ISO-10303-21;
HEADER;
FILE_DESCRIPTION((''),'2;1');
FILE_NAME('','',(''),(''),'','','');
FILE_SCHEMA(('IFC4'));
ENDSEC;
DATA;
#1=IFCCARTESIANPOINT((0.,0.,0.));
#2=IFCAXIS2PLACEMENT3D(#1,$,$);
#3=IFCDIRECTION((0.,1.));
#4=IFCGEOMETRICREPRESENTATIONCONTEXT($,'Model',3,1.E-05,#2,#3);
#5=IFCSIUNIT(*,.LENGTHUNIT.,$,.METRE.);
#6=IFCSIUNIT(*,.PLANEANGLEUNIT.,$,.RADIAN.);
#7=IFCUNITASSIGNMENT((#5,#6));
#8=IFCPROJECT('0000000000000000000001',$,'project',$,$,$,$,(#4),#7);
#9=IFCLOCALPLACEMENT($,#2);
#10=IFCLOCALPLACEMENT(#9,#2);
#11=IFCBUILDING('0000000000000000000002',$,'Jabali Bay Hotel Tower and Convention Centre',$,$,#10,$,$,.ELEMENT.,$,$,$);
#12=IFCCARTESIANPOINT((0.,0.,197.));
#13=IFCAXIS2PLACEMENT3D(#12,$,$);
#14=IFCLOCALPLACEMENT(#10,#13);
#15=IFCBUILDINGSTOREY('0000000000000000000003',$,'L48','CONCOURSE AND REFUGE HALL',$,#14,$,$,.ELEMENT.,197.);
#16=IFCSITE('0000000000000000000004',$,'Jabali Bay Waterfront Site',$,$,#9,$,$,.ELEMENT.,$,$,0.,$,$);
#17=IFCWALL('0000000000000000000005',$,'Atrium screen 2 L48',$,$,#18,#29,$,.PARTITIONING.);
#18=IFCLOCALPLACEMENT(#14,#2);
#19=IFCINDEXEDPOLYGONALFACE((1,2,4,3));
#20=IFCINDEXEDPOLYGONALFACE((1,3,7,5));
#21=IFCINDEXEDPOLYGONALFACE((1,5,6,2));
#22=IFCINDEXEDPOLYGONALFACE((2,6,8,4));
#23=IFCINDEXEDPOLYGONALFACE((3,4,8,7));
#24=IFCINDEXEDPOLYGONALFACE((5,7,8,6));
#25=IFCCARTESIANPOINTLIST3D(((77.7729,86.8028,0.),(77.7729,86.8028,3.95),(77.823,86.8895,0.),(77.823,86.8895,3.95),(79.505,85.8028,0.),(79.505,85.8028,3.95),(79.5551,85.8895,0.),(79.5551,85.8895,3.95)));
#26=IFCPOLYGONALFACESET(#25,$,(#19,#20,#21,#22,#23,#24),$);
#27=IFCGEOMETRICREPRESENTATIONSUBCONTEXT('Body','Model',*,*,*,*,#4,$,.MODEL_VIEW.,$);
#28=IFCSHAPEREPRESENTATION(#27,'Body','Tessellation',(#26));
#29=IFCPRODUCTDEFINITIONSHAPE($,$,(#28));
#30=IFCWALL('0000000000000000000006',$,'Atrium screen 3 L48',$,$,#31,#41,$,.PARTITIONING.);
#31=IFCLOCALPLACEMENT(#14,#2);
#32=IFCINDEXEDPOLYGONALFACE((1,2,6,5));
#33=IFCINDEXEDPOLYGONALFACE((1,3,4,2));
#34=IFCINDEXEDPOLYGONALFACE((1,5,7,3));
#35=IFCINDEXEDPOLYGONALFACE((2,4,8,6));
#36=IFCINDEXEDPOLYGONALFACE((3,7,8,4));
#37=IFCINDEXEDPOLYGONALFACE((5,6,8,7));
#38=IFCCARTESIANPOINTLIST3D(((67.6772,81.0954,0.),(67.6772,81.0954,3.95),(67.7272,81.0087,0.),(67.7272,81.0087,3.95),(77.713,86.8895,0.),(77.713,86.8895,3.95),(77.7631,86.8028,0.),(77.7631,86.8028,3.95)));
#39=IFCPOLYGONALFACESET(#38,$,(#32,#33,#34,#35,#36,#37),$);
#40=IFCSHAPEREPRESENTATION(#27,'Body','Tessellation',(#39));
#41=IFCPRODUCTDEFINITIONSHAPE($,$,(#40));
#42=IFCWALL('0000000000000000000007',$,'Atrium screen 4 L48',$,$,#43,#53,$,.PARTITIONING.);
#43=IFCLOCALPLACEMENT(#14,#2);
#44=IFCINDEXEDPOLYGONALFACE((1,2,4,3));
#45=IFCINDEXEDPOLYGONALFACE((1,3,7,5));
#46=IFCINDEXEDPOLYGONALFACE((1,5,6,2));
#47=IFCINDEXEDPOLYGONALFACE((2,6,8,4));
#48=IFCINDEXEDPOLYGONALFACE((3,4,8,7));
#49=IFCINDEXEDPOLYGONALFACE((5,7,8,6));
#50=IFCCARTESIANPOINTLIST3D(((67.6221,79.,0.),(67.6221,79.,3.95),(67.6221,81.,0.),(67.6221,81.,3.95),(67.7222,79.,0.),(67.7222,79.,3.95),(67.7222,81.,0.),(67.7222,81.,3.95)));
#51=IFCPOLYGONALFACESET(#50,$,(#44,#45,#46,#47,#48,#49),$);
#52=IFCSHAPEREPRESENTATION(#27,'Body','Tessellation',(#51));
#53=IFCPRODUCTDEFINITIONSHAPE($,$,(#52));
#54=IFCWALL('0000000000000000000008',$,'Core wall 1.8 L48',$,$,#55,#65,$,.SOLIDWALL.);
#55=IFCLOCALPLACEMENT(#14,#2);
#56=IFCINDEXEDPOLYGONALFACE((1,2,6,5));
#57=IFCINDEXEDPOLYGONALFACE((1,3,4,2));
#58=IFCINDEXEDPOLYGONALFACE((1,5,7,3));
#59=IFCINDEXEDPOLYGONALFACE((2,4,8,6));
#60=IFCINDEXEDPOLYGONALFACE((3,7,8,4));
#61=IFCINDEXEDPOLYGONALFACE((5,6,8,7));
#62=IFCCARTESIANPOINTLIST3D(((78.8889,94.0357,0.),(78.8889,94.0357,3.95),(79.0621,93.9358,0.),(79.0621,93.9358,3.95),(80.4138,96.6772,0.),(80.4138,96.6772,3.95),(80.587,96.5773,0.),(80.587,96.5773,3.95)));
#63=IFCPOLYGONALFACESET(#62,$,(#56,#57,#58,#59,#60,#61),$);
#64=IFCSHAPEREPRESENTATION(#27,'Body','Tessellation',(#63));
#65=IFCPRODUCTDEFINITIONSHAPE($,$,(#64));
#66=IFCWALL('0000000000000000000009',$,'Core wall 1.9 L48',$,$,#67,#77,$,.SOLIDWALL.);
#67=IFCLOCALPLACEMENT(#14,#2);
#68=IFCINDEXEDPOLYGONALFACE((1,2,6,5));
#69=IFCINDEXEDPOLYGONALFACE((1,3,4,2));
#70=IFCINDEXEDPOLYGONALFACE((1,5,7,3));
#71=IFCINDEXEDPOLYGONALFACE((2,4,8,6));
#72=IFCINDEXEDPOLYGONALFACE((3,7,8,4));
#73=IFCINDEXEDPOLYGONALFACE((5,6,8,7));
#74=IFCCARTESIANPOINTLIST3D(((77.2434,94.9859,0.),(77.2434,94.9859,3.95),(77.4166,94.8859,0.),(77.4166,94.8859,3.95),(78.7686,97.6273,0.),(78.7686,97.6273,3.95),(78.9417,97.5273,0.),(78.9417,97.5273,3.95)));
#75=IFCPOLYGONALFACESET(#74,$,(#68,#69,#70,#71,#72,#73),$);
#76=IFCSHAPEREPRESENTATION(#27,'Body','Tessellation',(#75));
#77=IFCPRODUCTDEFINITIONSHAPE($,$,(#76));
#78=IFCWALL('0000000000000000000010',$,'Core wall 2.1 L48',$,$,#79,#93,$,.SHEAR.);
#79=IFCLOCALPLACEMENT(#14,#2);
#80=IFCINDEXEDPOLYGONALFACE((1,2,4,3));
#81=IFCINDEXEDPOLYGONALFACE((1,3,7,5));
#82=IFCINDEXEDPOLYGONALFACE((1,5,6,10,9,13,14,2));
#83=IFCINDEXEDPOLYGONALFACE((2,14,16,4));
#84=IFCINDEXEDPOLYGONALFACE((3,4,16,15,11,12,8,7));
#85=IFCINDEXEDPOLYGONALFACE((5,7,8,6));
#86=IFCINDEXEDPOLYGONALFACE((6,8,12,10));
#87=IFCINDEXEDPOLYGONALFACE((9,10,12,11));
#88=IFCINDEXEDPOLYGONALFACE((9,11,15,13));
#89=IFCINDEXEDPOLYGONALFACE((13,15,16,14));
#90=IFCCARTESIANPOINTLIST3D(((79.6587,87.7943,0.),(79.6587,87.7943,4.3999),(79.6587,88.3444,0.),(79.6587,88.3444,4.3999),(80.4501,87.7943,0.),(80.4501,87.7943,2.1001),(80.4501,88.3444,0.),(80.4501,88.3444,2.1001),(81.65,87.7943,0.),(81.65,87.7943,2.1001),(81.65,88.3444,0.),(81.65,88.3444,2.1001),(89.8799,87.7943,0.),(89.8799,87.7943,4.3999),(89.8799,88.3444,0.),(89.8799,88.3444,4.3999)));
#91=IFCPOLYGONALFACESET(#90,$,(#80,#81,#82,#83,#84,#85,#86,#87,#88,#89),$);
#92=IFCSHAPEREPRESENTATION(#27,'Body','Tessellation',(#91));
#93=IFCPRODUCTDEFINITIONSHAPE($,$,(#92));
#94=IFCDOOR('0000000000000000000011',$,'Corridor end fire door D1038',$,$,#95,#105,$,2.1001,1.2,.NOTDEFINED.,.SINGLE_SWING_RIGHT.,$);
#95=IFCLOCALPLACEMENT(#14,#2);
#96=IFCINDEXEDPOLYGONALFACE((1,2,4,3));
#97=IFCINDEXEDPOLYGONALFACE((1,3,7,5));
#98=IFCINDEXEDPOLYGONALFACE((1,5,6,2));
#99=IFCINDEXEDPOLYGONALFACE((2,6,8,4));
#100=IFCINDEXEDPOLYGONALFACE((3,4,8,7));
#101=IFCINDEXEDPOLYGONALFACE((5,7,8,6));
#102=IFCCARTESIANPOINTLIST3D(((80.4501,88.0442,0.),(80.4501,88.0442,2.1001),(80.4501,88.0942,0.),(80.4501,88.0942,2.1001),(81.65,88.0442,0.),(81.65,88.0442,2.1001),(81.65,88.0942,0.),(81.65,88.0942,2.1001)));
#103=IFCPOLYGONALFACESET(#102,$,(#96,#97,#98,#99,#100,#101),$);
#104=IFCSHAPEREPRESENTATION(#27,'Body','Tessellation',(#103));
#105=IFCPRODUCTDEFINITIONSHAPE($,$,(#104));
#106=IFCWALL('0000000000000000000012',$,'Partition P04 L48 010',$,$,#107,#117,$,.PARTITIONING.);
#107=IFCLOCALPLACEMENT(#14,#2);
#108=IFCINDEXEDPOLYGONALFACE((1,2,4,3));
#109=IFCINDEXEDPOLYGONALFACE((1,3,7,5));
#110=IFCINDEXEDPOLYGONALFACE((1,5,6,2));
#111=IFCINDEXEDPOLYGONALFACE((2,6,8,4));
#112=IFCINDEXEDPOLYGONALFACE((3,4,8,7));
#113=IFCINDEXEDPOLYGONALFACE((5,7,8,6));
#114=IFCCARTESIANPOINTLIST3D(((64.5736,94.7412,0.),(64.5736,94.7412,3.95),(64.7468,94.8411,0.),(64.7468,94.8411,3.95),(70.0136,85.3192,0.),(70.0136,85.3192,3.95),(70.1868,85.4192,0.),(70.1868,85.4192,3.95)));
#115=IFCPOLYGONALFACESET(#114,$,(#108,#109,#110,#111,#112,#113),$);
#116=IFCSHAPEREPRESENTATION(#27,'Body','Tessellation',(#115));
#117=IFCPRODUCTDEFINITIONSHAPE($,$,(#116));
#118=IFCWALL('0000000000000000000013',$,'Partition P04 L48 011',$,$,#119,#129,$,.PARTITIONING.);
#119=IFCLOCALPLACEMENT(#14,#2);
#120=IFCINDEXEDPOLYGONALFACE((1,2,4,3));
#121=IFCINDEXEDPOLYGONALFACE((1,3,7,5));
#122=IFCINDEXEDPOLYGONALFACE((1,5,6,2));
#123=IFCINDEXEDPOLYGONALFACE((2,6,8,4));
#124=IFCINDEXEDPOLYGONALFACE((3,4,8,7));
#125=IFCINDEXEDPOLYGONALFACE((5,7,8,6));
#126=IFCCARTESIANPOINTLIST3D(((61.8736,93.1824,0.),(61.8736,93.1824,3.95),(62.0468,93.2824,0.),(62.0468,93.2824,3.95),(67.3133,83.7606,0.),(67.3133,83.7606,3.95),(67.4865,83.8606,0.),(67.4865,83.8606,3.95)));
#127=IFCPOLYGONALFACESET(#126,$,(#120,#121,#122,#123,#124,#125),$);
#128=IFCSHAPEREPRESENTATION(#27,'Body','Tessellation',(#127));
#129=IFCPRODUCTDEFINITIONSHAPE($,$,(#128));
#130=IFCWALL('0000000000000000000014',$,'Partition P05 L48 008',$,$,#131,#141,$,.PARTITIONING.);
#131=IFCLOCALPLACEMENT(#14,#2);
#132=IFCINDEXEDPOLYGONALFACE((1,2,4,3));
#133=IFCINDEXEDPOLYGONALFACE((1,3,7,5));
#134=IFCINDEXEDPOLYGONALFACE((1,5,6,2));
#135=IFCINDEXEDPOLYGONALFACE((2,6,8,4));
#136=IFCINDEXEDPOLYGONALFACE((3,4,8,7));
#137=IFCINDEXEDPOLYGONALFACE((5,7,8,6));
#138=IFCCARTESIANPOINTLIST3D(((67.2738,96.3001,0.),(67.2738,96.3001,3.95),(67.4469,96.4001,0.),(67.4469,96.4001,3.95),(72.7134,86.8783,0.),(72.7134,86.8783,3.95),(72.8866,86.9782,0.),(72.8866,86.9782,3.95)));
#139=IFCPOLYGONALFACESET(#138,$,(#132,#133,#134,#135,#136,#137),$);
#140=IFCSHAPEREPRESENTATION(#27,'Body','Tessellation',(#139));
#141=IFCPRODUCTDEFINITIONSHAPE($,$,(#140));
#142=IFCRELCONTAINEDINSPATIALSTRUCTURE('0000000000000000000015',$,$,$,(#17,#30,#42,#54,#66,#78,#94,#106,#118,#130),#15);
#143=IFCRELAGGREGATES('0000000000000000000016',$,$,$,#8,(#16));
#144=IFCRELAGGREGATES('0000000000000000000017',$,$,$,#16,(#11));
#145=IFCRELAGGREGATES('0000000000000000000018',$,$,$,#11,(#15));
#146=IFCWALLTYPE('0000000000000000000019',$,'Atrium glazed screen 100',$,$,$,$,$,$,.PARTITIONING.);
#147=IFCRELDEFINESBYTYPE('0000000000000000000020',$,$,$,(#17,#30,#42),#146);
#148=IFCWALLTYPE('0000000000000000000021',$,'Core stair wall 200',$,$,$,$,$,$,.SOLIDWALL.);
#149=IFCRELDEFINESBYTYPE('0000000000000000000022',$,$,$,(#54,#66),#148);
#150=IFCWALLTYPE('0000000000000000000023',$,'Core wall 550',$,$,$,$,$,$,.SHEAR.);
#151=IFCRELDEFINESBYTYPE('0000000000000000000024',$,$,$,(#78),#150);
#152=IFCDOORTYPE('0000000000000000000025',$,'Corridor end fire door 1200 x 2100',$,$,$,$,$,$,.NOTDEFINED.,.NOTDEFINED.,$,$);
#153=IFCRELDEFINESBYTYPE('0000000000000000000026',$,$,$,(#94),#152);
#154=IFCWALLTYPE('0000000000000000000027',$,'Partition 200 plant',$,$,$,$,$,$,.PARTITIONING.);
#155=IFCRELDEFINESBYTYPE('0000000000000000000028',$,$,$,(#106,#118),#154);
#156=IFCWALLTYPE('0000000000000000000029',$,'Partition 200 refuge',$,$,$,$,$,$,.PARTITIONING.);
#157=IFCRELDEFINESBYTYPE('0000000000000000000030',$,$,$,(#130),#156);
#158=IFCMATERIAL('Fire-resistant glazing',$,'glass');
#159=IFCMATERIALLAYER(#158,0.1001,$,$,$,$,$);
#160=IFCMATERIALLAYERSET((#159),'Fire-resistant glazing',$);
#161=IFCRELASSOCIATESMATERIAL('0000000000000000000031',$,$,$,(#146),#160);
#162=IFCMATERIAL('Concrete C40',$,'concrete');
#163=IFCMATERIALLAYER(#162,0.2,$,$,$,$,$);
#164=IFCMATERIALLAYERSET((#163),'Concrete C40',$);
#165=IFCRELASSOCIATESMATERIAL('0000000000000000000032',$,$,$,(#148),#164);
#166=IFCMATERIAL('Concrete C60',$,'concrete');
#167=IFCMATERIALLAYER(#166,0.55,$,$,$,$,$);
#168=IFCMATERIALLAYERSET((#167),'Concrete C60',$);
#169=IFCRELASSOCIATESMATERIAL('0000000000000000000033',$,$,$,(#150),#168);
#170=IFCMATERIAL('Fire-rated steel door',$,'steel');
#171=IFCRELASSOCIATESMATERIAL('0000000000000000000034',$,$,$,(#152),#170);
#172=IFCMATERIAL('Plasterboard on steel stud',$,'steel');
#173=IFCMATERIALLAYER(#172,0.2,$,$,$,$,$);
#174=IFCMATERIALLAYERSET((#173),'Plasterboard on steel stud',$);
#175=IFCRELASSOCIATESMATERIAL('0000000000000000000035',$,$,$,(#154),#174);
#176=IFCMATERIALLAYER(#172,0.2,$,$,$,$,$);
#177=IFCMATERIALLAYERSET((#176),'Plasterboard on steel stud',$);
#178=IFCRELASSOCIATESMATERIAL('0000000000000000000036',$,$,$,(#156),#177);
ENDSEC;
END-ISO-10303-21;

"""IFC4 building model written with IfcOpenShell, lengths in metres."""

from ifc_helpers import new_model, si_unit, direction, frame, frame_2d, origin, place, context, subcontext, project, spatial, rectangle, extrude, material, layer, layer_set, type_object, element, fill, save


model = new_model("IFC4")

# Units and contexts
model_context = context("Model", 3, precision=1e-05, world=origin(), true_north=direction((0.0, 1.0)))
body_context = subcontext(model_context, "Body", "Model", "MODEL_VIEW")
ifc_project = project(units=[si_unit("LENGTHUNIT", "METRE"), si_unit("PLANEANGLEUNIT", "RADIAN")], contexts=[model_context])

# Site, building, storey
site_placement = place(None, origin())
site = spatial("IfcSite", under=ifc_project, at=site_placement, Name="Jabali Bay Waterfront Site", CompositionType="ELEMENT", RefElevation=0.0)
building_placement = place(site_placement, origin())
building = spatial("IfcBuilding", under=site, at=building_placement, Name="Jabali Bay Hotel Tower and Convention Centre", CompositionType="ELEMENT")
storey_placement = place(building_placement, frame((0.0, 0.0, 197.0)))
storey = spatial("IfcBuildingStorey", under=building, at=storey_placement, Name="L48", Description="CONCOURSE AND REFUGE HALL", CompositionType="ELEMENT", Elevation=197.0)

# Walls
ifc_material_1 = material(Name="Fire-resistant glazing", Category="glass")
ifc_layer_1 = layer(ifc_material_1, 0.1001)
ifc_layer_set_1 = layer_set([ifc_layer_1], Name="Fire-resistant glazing")
wall_type_1 = type_object("IfcWallType", Name="Atrium glazed screen 100", PredefinedType="PARTITIONING", material=ifc_layer_set_1)
wall_1_placement = place(storey_placement, frame((79.53, 85.8462, 0.0), z_axis=(0.0, 0.0, 1.0), x_axis=(-0.866041, 0.499973, 0.0)))
element("IfcWall", 1, at=wall_1_placement, inside=storey, type_object=wall_type_1, Name="Atrium screen 2 L48", PredefinedType="PARTITIONING", context=body_context, shape_type="SweptSolid", body=[
    extrude(rectangle(XDim=2.0, YDim=0.1001, at=frame_2d((1.0, 0.0))), origin(), (0.0, 0.0, 1.0), 3.95),
])
wall_2_placement = place(storey_placement, frame((77.738, 86.8462, 0.0), z_axis=(0.0, 0.0, 1.0), x_axis=(-0.866027, -0.499998, 0.0)))
element("IfcWall", 2, at=wall_2_placement, inside=storey, type_object=wall_type_1, Name="Atrium screen 3 L48", PredefinedType="PARTITIONING", context=body_context, shape_type="SweptSolid", body=[
    extrude(rectangle(XDim=11.5884, YDim=0.1001, at=frame_2d((5.7942, 0.0))), origin(), (0.0, 0.0, 1.0), 3.95),
])
wall_3_placement = place(storey_placement, frame((67.6721, 81.0, 0.0), z_axis=(0.0, 0.0, 1.0), x_axis=(0.0, -1.0, 0.0)))
element("IfcWall", 3, at=wall_3_placement, inside=storey, type_object=wall_type_1, Name="Atrium screen 4 L48", PredefinedType="PARTITIONING", context=body_context, shape_type="SweptSolid", body=[
    extrude(rectangle(XDim=2.0, YDim=0.1001, at=frame_2d((1.0, 0.0))), origin(), (0.0, 0.0, 1.0), 3.95),
])
ifc_material_2 = material(Name="Concrete C40", Category="concrete")
ifc_layer_2 = layer(ifc_material_2, 0.2)
ifc_layer_set_2 = layer_set([ifc_layer_2], Name="Concrete C40")
wall_type_2 = type_object("IfcWallType", Name="Core stair wall 200", PredefinedType="SOLIDWALL", material=ifc_layer_set_2)
for number, where, z_axis, x_axis, name in (
    (4, (78.9756, 93.9858, 0.0), (0.0, 0.0, 1.0), (0.499944, 0.866058, 0.0), "Core wall 1.8 L48"),
    (5, (77.3301, 94.936, 0.0), (0.0, 0.0, 1.0), (0.500039, 0.866003, 0.0), "Core wall 1.9 L48"),
):
    element("IfcWall", number, at=place(storey_placement, frame(where, z_axis=z_axis, x_axis=x_axis)), inside=storey, type_object=wall_type_2, Name=name, PredefinedType="SOLIDWALL", context=body_context, shape_type="SweptSolid", body=[
        extrude(rectangle(XDim=3.05, YDim=0.2, at=frame_2d((1.5249, 0.0))), origin(), (0.0, 0.0, 1.0), 3.95),
    ])

# Wall, opening, door
ifc_material_3 = material(Name="Concrete C60", Category="concrete")
ifc_layer_3 = layer(ifc_material_3, 0.55)
ifc_layer_set_3 = layer_set([ifc_layer_3], Name="Concrete C60")
wall_type_3 = type_object("IfcWallType", Name="Core wall 550", PredefinedType="SHEAR", material=ifc_layer_set_3)
wall_4_placement = place(storey_placement, frame((79.6587, 88.0693, 0.0), z_axis=(0.0, 0.0, 1.0), x_axis=(1.0, 0.0, 0.0)))
wall_4 = element("IfcWall", 6, at=wall_4_placement, inside=storey, type_object=wall_type_3, Name="Core wall 2.1 L48", PredefinedType="SHEAR", context=body_context, shape_type="SweptSolid", body=[
    extrude(rectangle(XDim=10.2212, YDim=0.55, at=frame_2d((5.1106, 0.0))), origin(), (0.0, 0.0, 1.0), 4.3999),
])
opening_1_placement = place(wall_4_placement, frame((0.7913, 0.0, 0.0)))
opening_1 = element("IfcOpeningElement", 7, at=opening_1_placement, cuts=wall_4, PredefinedType="OPENING", context=body_context, shape_type="SweptSolid", body=[
    extrude(rectangle(XDim=1.2, YDim=2.1001, at=frame_2d((0.6001, 1.05))), frame((0.0, 0.2856, 0.0), z_axis=(0.0, -1.0, 0.0), x_axis=(1.0, 0.0, 0.0)), (0.0, 0.0, 1.0), 0.571),
])
ifc_material_4 = material(Name="Fire-rated steel door", Category="steel")
door_type_1 = type_object("IfcDoorType", Name="Corridor end fire door 1200 x 2100", OperationType="NOTDEFINED", PredefinedType="NOTDEFINED", material=ifc_material_4)
door_1_placement = place(opening_1_placement, origin())
door_1 = element("IfcDoor", 8, at=door_1_placement, inside=storey, type_object=door_type_1, Name="Corridor end fire door D1038", OperationType="SINGLE_SWING_RIGHT", OverallHeight=2.1001, OverallWidth=1.2, PredefinedType="NOTDEFINED", context=body_context, shape_type="SweptSolid", body=[
    extrude(rectangle(XDim=1.2, YDim=2.1001, at=frame_2d((0.6001, 1.05))), frame((0.0, 0.0249, 0.0), z_axis=(0.0, -1.0, 0.0), x_axis=(1.0, 0.0, 0.0)), (0.0, 0.0, 1.0), 0.05),
])
fill(opening_1, door_1)

# Walls
ifc_material_5 = material(Name="Plasterboard on steel stud", Category="steel")
ifc_layer_4 = layer(ifc_material_5, 0.2)
ifc_layer_set_4 = layer_set([ifc_layer_4], Name="Plasterboard on steel stud")
wall_type_4 = type_object("IfcWallType", Name="Partition 200 plant", PredefinedType="PARTITIONING", material=ifc_layer_set_4)
wall_5_placement = place(storey_placement, frame((64.6602, 94.7913, 0.0), z_axis=(0.0, 0.0, 1.0), x_axis=(0.500015, -0.866017, 0.0)))
element("IfcWall", 9, at=wall_5_placement, inside=storey, type_object=wall_type_4, Name="Partition P04 L48 010", PredefinedType="PARTITIONING", context=body_context, shape_type="SweptSolid", body=[
    extrude(rectangle(XDim=10.8796, YDim=0.2, at=frame_2d((5.4399, 0.0))), origin(), (0.0, 0.0, 1.0), 3.95),
])
wall_6_placement = place(storey_placement, frame((61.9602, 93.2324, 0.0), z_axis=(0.0, 0.0, 1.0), x_axis=(0.499998, -0.866026, 0.0)))
element("IfcWall", 10, at=wall_6_placement, inside=storey, type_object=wall_type_4, Name="Partition P04 L48 011", PredefinedType="PARTITIONING", context=body_context, shape_type="SweptSolid", body=[
    extrude(rectangle(XDim=10.8794, YDim=0.2, at=frame_2d((5.4397, 0.0))), origin(), (0.0, 0.0, 1.0), 3.95),
])

# Shared definitions
ifc_layer_5 = layer(ifc_material_5, 0.2)
ifc_layer_set_5 = layer_set([ifc_layer_5], Name="Plasterboard on steel stud")
wall_type_5 = type_object("IfcWallType", Name="Partition 200 refuge", PredefinedType="PARTITIONING", material=ifc_layer_set_5)

# Wall
wall_7_placement = place(storey_placement, frame((67.3604, 96.3501, 0.0), z_axis=(0.0, 0.0, 1.0), x_axis=(0.499998, -0.866026, 0.0)))
element("IfcWall", 11, at=wall_7_placement, inside=storey, type_object=wall_type_5, Name="Partition P05 L48 008", PredefinedType="PARTITIONING", context=body_context, shape_type="SweptSolid", body=[
    extrude(rectangle(XDim=10.8794, YDim=0.2, at=frame_2d((5.4397, 0.0))), origin(), (0.0, 0.0, 1.0), 3.95),
])

save(model, "model.ifc")
